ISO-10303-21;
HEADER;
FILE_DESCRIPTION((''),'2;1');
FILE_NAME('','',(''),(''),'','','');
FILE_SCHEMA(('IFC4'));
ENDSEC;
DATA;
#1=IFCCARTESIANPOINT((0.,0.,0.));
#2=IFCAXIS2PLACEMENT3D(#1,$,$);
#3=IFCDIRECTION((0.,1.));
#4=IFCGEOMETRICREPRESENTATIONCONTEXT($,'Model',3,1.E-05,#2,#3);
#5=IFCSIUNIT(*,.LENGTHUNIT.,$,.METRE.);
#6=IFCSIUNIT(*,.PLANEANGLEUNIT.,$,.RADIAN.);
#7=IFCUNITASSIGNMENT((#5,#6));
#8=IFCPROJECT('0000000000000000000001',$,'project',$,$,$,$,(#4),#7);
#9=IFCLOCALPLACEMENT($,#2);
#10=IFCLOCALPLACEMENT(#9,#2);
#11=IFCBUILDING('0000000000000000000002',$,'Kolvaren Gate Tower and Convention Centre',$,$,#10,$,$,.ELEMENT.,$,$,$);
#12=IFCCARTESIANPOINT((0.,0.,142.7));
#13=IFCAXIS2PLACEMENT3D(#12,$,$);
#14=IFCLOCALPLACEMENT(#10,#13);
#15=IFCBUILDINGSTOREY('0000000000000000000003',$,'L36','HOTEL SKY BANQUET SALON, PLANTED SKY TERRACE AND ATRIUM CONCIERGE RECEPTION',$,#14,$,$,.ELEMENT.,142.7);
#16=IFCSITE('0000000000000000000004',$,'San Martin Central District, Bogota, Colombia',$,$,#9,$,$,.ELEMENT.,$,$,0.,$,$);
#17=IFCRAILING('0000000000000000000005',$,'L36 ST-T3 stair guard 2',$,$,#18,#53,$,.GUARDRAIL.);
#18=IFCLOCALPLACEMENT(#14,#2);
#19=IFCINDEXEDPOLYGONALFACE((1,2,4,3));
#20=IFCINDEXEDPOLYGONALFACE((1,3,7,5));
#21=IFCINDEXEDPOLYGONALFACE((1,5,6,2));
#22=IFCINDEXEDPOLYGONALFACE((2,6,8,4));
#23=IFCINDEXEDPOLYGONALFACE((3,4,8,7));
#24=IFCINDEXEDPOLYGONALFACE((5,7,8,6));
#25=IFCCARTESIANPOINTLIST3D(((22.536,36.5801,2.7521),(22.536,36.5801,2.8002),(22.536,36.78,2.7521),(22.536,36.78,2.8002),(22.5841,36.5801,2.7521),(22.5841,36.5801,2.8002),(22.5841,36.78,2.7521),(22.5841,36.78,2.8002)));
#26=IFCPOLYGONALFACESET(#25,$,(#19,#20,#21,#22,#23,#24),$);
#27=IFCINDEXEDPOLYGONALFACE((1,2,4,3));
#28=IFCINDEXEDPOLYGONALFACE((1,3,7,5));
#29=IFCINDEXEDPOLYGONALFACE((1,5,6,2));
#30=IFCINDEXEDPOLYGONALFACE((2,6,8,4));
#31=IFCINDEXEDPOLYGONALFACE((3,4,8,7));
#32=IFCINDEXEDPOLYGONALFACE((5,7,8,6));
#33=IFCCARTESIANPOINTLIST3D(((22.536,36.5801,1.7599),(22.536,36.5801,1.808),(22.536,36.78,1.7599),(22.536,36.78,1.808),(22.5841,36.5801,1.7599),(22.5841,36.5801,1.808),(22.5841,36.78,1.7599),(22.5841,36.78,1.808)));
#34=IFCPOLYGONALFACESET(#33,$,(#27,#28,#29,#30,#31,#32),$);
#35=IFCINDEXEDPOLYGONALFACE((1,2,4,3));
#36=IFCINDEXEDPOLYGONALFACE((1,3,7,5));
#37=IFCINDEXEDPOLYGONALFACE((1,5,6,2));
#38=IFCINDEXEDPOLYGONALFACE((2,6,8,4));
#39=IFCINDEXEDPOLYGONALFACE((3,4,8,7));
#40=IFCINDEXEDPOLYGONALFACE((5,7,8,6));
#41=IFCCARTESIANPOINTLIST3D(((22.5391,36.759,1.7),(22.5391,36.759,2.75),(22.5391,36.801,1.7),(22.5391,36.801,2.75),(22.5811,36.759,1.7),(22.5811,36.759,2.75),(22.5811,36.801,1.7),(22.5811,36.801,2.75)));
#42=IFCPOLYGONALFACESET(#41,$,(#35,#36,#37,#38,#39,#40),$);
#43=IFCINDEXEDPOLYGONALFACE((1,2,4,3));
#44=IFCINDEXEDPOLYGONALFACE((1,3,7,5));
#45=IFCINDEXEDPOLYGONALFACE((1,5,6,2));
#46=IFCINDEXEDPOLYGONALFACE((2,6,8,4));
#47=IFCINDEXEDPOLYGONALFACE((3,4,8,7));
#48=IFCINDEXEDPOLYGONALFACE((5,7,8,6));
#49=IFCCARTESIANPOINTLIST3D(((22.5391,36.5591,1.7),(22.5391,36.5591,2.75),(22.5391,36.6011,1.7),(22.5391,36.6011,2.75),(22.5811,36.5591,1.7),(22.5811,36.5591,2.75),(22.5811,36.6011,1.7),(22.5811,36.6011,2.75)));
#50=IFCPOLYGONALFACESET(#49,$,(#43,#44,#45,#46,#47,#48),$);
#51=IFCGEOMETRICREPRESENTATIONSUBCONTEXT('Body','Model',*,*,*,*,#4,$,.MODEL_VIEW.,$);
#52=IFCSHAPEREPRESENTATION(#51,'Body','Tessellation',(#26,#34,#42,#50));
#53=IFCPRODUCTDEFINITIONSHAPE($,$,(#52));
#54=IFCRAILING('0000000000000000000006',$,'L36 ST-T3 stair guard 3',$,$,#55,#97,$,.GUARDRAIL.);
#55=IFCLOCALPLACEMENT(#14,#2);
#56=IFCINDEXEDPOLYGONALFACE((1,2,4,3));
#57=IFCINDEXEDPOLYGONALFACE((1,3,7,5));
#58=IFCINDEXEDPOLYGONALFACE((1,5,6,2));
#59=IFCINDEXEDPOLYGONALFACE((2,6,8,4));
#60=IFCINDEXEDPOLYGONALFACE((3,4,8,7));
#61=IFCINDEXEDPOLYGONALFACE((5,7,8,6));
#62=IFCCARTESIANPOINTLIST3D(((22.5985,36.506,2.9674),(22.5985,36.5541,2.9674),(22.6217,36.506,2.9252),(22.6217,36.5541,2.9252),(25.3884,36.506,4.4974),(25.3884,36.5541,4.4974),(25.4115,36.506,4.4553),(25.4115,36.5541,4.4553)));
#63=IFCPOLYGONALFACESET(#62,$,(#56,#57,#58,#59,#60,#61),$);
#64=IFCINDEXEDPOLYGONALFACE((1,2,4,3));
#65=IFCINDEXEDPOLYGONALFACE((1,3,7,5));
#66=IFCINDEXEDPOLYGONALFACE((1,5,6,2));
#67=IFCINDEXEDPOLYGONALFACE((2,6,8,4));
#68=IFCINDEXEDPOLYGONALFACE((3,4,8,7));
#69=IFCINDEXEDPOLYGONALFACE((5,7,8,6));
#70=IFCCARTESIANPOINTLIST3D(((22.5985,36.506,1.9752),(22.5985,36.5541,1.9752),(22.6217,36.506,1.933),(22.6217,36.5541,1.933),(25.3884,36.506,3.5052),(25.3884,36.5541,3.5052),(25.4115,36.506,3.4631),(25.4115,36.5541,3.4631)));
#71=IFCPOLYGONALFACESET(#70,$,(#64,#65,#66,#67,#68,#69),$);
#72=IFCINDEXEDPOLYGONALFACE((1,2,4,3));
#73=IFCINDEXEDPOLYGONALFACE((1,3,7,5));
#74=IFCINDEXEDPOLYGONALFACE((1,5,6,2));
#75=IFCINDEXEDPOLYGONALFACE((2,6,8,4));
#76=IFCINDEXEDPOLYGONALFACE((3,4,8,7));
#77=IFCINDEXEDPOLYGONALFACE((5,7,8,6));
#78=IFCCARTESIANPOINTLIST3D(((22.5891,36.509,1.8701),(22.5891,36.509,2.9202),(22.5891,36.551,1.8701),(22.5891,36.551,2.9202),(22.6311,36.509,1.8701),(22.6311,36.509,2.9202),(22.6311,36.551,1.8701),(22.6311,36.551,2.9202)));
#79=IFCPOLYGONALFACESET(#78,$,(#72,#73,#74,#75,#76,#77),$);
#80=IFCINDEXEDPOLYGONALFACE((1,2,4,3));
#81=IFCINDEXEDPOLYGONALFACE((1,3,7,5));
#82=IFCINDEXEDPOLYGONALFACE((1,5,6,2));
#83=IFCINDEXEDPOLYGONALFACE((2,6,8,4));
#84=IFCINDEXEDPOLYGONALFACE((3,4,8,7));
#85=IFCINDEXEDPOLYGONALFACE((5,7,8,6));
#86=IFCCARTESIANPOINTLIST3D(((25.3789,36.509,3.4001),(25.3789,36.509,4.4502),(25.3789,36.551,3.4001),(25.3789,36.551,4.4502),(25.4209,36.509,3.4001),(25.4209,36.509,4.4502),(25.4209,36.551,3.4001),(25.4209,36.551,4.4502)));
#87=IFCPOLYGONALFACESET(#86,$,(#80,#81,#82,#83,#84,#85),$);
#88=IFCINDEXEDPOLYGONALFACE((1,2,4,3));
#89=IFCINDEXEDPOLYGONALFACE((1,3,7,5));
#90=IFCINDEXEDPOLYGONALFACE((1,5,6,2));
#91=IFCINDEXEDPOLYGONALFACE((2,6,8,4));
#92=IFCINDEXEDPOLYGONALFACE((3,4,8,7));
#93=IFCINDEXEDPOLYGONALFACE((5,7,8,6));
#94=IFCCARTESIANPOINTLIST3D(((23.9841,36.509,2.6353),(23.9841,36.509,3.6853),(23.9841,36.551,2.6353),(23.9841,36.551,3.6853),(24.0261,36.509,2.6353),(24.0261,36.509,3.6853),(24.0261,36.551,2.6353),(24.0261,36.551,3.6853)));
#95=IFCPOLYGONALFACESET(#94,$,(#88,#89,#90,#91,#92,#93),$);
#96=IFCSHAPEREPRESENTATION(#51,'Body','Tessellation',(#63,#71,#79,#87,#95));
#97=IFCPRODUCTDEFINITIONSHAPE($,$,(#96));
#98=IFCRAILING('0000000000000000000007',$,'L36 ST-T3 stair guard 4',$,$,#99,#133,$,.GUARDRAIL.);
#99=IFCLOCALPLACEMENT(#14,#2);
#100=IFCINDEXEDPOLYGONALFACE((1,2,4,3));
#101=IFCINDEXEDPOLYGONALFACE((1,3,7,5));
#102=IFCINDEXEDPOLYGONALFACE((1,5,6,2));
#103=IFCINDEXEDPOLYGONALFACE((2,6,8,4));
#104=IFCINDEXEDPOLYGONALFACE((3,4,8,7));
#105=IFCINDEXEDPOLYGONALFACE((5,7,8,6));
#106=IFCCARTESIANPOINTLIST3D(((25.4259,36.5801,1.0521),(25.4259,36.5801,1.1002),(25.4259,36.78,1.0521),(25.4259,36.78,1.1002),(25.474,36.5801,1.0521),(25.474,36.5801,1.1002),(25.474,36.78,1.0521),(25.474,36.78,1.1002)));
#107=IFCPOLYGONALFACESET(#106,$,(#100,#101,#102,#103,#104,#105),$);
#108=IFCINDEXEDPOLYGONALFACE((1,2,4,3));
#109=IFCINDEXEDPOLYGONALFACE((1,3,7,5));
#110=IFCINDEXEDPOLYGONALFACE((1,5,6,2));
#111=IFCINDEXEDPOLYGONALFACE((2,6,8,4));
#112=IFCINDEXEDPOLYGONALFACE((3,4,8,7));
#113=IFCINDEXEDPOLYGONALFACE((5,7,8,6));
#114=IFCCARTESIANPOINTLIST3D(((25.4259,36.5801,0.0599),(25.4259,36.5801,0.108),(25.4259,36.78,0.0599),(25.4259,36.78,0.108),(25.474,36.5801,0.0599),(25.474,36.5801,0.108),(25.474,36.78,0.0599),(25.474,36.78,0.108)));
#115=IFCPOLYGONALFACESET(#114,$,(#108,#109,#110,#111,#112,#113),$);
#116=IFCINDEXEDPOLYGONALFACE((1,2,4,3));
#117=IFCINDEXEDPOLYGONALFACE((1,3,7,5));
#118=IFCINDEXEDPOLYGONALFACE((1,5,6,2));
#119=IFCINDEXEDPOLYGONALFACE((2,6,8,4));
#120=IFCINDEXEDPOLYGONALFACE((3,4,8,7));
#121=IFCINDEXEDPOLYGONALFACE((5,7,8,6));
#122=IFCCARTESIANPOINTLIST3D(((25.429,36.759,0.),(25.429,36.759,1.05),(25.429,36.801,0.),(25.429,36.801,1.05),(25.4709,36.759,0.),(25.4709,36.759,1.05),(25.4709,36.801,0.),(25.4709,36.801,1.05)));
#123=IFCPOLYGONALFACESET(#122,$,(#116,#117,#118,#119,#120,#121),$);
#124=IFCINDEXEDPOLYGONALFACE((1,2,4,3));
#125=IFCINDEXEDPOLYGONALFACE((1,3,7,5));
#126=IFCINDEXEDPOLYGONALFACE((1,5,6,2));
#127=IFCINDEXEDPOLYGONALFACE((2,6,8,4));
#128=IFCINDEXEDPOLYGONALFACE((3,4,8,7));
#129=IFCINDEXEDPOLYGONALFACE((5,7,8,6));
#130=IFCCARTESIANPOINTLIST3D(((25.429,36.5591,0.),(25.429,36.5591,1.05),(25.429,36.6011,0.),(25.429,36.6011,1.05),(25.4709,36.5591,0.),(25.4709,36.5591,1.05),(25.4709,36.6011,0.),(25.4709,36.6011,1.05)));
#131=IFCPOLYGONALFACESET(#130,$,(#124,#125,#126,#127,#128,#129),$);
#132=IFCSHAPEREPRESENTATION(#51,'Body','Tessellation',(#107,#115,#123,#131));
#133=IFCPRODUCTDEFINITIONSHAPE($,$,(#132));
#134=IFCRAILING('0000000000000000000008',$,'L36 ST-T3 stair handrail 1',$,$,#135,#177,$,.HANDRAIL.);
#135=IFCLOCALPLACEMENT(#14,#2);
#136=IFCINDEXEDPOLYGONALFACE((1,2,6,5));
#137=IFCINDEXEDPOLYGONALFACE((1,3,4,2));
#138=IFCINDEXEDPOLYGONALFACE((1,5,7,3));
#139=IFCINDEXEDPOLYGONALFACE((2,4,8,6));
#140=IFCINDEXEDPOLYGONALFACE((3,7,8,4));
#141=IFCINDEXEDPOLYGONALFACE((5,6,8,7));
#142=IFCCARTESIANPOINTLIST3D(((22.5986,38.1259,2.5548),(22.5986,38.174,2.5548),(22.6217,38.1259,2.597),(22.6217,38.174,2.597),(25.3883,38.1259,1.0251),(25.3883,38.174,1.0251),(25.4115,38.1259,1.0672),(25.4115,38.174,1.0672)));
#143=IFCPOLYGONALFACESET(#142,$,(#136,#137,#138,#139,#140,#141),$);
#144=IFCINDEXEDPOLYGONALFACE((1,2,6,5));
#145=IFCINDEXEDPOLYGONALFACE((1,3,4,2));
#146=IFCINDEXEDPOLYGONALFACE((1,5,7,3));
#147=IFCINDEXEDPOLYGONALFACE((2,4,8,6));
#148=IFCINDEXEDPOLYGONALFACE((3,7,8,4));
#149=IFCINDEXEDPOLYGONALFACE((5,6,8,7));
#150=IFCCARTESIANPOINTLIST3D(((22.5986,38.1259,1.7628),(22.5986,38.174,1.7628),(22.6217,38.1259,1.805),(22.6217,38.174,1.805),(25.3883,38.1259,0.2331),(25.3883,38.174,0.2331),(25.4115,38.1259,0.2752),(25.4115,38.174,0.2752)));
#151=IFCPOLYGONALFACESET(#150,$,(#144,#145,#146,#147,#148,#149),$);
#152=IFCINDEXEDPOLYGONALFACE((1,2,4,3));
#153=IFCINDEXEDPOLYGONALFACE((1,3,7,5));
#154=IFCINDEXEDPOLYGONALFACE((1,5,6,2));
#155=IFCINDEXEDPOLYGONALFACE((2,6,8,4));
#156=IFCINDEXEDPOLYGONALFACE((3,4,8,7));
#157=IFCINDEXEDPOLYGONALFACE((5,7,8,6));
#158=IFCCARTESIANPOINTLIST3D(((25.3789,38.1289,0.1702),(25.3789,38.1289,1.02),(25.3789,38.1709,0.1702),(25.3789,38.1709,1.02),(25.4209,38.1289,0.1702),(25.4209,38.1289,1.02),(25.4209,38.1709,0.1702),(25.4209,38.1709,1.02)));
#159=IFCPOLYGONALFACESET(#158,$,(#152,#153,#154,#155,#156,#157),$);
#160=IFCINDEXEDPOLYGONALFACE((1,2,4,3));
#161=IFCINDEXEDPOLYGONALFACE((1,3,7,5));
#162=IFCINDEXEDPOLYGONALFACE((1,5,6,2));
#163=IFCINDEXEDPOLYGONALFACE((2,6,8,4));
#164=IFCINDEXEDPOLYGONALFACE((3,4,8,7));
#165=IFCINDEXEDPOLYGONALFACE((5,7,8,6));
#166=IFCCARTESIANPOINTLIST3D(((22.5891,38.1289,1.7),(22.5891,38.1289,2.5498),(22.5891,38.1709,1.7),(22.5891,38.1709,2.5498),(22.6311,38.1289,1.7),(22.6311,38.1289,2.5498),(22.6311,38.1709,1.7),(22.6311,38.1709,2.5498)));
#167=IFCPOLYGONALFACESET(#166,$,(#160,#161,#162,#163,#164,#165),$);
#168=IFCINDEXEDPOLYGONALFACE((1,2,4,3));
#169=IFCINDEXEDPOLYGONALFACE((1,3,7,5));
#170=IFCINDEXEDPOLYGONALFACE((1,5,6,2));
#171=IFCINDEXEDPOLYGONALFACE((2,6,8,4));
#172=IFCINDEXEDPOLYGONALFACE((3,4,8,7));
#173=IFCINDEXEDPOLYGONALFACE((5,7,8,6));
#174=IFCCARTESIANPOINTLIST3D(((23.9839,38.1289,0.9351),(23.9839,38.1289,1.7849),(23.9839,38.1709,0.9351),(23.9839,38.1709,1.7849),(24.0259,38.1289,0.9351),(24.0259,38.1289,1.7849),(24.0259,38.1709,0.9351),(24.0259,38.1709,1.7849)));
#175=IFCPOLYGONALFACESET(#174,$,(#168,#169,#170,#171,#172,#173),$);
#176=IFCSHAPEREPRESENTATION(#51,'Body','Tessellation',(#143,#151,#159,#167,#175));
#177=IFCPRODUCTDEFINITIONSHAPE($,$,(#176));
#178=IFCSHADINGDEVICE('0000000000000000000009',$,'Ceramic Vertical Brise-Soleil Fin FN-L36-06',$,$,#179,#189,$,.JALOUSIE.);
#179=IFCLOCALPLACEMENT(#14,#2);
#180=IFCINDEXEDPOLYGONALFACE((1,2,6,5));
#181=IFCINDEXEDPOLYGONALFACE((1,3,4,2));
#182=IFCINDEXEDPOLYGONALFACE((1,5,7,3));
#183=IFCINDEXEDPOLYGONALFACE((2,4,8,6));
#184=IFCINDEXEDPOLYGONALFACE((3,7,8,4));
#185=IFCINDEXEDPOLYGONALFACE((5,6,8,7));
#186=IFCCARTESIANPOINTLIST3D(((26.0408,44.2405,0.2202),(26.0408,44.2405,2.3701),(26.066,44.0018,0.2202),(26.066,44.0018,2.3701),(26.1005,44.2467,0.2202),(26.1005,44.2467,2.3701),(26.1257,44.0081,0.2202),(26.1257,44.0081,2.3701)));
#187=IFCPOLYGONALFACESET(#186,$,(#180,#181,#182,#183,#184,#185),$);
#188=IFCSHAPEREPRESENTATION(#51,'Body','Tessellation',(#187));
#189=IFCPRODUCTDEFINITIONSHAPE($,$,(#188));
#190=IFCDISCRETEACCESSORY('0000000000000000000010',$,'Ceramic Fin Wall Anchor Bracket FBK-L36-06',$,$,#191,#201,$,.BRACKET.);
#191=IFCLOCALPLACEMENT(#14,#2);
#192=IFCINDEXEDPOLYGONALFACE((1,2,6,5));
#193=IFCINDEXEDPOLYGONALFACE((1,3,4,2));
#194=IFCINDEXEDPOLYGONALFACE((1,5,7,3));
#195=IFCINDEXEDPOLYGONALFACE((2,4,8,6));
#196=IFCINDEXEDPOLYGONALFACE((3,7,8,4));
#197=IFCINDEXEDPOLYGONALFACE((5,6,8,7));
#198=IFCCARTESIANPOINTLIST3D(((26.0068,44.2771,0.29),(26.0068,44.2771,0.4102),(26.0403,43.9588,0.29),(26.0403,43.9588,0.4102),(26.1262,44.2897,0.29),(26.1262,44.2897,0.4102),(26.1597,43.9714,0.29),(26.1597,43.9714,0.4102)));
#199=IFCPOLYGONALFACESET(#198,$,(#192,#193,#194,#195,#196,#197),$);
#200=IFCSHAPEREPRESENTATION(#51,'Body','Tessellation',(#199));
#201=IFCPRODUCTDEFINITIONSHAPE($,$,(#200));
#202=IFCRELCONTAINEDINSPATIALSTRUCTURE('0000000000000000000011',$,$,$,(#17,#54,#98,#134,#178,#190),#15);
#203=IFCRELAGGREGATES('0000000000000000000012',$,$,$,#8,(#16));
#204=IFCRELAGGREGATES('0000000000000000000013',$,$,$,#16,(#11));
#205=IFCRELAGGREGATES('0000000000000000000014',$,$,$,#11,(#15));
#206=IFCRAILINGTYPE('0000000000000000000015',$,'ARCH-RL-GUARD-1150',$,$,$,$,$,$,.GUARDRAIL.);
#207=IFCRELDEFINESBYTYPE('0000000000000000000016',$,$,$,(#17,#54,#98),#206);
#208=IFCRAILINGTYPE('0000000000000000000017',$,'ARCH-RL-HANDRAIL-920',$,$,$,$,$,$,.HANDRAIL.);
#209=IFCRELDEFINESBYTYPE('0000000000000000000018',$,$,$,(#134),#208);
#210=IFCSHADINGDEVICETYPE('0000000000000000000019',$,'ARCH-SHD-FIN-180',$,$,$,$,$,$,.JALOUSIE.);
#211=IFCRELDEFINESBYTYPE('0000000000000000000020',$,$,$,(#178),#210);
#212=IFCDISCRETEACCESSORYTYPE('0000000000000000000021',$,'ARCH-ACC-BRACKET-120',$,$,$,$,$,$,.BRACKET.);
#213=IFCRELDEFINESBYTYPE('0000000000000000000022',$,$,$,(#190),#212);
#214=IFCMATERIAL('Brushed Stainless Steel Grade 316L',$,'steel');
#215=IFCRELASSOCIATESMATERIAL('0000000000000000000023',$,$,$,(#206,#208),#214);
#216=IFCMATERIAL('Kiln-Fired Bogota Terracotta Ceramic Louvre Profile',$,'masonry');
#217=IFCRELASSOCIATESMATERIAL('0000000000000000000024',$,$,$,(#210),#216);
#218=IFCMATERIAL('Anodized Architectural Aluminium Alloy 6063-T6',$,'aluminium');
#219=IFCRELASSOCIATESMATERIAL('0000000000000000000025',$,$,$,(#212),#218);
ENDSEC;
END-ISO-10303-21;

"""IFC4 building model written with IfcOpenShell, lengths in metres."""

from ifc_helpers import new_model, si_unit, direction, frame, origin, origin_2d, place, context, subcontext, project, spatial, rectangle, extrude, material, type_object, element, save


model = new_model("IFC4")

# Units and contexts
model_context = context("Model", 3, precision=1e-05, world=origin(), true_north=direction((0.0, 1.0)))
body_context = subcontext(model_context, "Body", "Model", "MODEL_VIEW")
ifc_project = project(units=[si_unit("LENGTHUNIT", "METRE"), si_unit("PLANEANGLEUNIT", "RADIAN")], contexts=[model_context])

# Site, building, storey
site_placement = place(None, origin())
site = spatial("IfcSite", under=ifc_project, at=site_placement, Name="San Martin Central District, Bogota, Colombia", CompositionType="ELEMENT", RefElevation=0.0)
building_placement = place(site_placement, origin())
building = spatial("IfcBuilding", under=site, at=building_placement, Name="Kolvaren Gate Tower and Convention Centre", CompositionType="ELEMENT")
storey_placement = place(building_placement, frame((0.0, 0.0, 142.7)))
storey = spatial("IfcBuildingStorey", under=building, at=storey_placement, Name="L36", Description="HOTEL SKY BANQUET SALON, PLANTED SKY TERRACE AND ATRIUM CONCIERGE RECEPTION", CompositionType="ELEMENT", Elevation=142.7)

# Shared definitions
ifc_material_1 = material(Name="Anodized Architectural Aluminium Alloy 6063-T6", Category="aluminium")

# Railings
ifc_material_2 = material(Name="Brushed Stainless Steel Grade 316L", Category="steel")
railing_type_1 = type_object("IfcRailingType", Name="ARCH-RL-GUARD-1150", PredefinedType="GUARDRAIL", material=ifc_material_2)
railing_1_placement = place(storey_placement, frame((22.5601, 36.78, 1.7)))
element("IfcRailing", 1, at=railing_1_placement, inside=storey, type_object=railing_type_1, Name="L36 ST-T3 stair guard 2", PredefinedType="GUARDRAIL", context=body_context, shape_type="SweptSolid", body=[
    extrude(rectangle(XDim=0.0481, YDim=0.0481, at=origin_2d()), frame((0.0, 0.0, 1.0762), z_axis=(0.0, -1.0, 0.0), x_axis=(1.0, 0.0, 0.0)), (0.0, 0.0, 1.0), 0.2),
    extrude(rectangle(XDim=0.0481, YDim=0.0481, at=origin_2d()), frame((0.0, 0.0, 0.084), z_axis=(0.0, -1.0, 0.0), x_axis=(1.0, 0.0, 0.0)), (0.0, 0.0, 1.0), 0.2),
    extrude(rectangle(XDim=0.042, YDim=0.042, at=origin_2d()), origin(), (0.0, 0.0, 1.0), 1.05),
    extrude(rectangle(XDim=0.042, YDim=0.042, at=origin_2d()), frame((0.0, -0.2, 0.0)), (0.0, 0.0, 1.0), 1.05),
])
railing_2_placement = place(storey_placement, frame((22.6101, 36.53, 1.8701)))
element("IfcRailing", 2, at=railing_2_placement, inside=storey, type_object=railing_type_1, Name="L36 ST-T3 stair guard 3", PredefinedType="GUARDRAIL", context=body_context, shape_type="SweptSolid", body=[
    extrude(rectangle(XDim=0.0481, YDim=0.0481, at=origin_2d()), frame((0.0, 0.0, 1.0762), z_axis=(0.876794, 0.0, 0.480867), x_axis=(0.0, 1.0, 0.0)), (0.0, 0.0, 1.0), 3.1819),
    extrude(rectangle(XDim=0.0481, YDim=0.0481, at=origin_2d()), frame((0.0, 0.0, 0.084), z_axis=(0.876794, 0.0, 0.480867), x_axis=(0.0, 1.0, 0.0)), (0.0, 0.0, 1.0), 3.1819),
    extrude(rectangle(XDim=0.042, YDim=0.042, at=origin_2d()), origin(), (0.0, 0.0, 1.0), 1.05),
    extrude(rectangle(XDim=0.042, YDim=0.042, at=origin_2d()), frame((2.7898, 0.0, 1.53)), (0.0, 0.0, 1.0), 1.05),
    extrude(rectangle(XDim=0.042, YDim=0.042, at=origin_2d()), frame((1.395, 0.0, 0.7651)), (0.0, 0.0, 1.0), 1.05),
])
railing_3_placement = place(storey_placement, frame((25.45, 36.78, 0.0)))
element("IfcRailing", 3, at=railing_3_placement, inside=storey, type_object=railing_type_1, Name="L36 ST-T3 stair guard 4", PredefinedType="GUARDRAIL", context=body_context, shape_type="SweptSolid", body=[
    extrude(rectangle(XDim=0.0481, YDim=0.0481, at=origin_2d()), frame((0.0, 0.0, 1.0762), z_axis=(0.0, -1.0, 0.0), x_axis=(1.0, 0.0, 0.0)), (0.0, 0.0, 1.0), 0.2),
    extrude(rectangle(XDim=0.0481, YDim=0.0481, at=origin_2d()), frame((0.0, 0.0, 0.084), z_axis=(0.0, -1.0, 0.0), x_axis=(1.0, 0.0, 0.0)), (0.0, 0.0, 1.0), 0.2),
    extrude(rectangle(XDim=0.042, YDim=0.042, at=origin_2d()), origin(), (0.0, 0.0, 1.0), 1.05),
    extrude(rectangle(XDim=0.042, YDim=0.042, at=origin_2d()), frame((0.0, -0.2, 0.0)), (0.0, 0.0, 1.0), 1.05),
])
railing_type_2 = type_object("IfcRailingType", Name="ARCH-RL-HANDRAIL-920", PredefinedType="HANDRAIL", material=ifc_material_2)
railing_4_placement = place(storey_placement, frame((25.3999, 38.1499, 0.1702)))
element("IfcRailing", 4, at=railing_4_placement, inside=storey, type_object=railing_type_2, Name="L36 ST-T3 stair handrail 1", PredefinedType="HANDRAIL", context=body_context, shape_type="SweptSolid", body=[
    extrude(rectangle(XDim=0.0481, YDim=0.0481, at=origin_2d()), frame((0.0, 0.0, 0.876), z_axis=(-0.876826, 0.0, 0.480808), x_axis=(0.0, -1.0, 0.0)), (0.0, 0.0, 1.0), 3.1816),
    extrude(rectangle(XDim=0.0481, YDim=0.0481, at=origin_2d()), frame((0.0, 0.0, 0.084), z_axis=(-0.876826, 0.0, 0.480808), x_axis=(0.0, -1.0, 0.0)), (0.0, 0.0, 1.0), 3.1816),
    extrude(rectangle(XDim=0.042, YDim=0.042, at=origin_2d()), origin(), (0.0, 0.0, 1.0), 0.8499),
    extrude(rectangle(XDim=0.042, YDim=0.042, at=origin_2d()), frame((-2.7898, 0.0, 1.5298)), (0.0, 0.0, 1.0), 0.8499),
    extrude(rectangle(XDim=0.042, YDim=0.042, at=origin_2d()), frame((-1.395, 0.0, 0.7649)), (0.0, 0.0, 1.0), 0.8499),
])

# Shading device
ifc_material_3 = material(Name="Kiln-Fired Bogota Terracotta Ceramic Louvre Profile", Category="masonry")
shading_device_type = type_object("IfcShadingDeviceType", Name="ARCH-SHD-FIN-180", PredefinedType="JALOUSIE", material=ifc_material_3)
shading_device_placement = place(storey_placement, frame((26.0833, 44.1243, 0.2202), z_axis=(0.0, 0.0, 1.0), x_axis=(0.994499, 0.104744, 0.0)))
element("IfcShadingDevice", 5, at=shading_device_placement, inside=storey, type_object=shading_device_type, Name="Ceramic Vertical Brise-Soleil Fin FN-L36-06", PredefinedType="JALOUSIE", context=body_context, shape_type="SweptSolid", body=[
    extrude(rectangle(XDim=0.0601, YDim=0.24, at=origin_2d()), origin(), (0.0, 0.0, 1.0), 2.1499),
])

# Discrete accessory
discrete_accessory_type = type_object("IfcDiscreteAccessoryType", Name="ARCH-ACC-BRACKET-120", PredefinedType="BRACKET", material=ifc_material_1)
discrete_accessory_placement = place(storey_placement, frame((26.0833, 44.1243, 0.29), z_axis=(0.0, 0.0, 1.0), x_axis=(0.994499, 0.104744, 0.0)))
element("IfcDiscreteAccessory", 6, at=discrete_accessory_placement, inside=storey, type_object=discrete_accessory_type, Name="Ceramic Fin Wall Anchor Bracket FBK-L36-06", PredefinedType="BRACKET", context=body_context, shape_type="SweptSolid", body=[
    extrude(rectangle(XDim=0.1201, YDim=0.3201, at=origin_2d()), origin(), (0.0, 0.0, 1.0), 0.1201),
])

save(model, "model.ifc")
